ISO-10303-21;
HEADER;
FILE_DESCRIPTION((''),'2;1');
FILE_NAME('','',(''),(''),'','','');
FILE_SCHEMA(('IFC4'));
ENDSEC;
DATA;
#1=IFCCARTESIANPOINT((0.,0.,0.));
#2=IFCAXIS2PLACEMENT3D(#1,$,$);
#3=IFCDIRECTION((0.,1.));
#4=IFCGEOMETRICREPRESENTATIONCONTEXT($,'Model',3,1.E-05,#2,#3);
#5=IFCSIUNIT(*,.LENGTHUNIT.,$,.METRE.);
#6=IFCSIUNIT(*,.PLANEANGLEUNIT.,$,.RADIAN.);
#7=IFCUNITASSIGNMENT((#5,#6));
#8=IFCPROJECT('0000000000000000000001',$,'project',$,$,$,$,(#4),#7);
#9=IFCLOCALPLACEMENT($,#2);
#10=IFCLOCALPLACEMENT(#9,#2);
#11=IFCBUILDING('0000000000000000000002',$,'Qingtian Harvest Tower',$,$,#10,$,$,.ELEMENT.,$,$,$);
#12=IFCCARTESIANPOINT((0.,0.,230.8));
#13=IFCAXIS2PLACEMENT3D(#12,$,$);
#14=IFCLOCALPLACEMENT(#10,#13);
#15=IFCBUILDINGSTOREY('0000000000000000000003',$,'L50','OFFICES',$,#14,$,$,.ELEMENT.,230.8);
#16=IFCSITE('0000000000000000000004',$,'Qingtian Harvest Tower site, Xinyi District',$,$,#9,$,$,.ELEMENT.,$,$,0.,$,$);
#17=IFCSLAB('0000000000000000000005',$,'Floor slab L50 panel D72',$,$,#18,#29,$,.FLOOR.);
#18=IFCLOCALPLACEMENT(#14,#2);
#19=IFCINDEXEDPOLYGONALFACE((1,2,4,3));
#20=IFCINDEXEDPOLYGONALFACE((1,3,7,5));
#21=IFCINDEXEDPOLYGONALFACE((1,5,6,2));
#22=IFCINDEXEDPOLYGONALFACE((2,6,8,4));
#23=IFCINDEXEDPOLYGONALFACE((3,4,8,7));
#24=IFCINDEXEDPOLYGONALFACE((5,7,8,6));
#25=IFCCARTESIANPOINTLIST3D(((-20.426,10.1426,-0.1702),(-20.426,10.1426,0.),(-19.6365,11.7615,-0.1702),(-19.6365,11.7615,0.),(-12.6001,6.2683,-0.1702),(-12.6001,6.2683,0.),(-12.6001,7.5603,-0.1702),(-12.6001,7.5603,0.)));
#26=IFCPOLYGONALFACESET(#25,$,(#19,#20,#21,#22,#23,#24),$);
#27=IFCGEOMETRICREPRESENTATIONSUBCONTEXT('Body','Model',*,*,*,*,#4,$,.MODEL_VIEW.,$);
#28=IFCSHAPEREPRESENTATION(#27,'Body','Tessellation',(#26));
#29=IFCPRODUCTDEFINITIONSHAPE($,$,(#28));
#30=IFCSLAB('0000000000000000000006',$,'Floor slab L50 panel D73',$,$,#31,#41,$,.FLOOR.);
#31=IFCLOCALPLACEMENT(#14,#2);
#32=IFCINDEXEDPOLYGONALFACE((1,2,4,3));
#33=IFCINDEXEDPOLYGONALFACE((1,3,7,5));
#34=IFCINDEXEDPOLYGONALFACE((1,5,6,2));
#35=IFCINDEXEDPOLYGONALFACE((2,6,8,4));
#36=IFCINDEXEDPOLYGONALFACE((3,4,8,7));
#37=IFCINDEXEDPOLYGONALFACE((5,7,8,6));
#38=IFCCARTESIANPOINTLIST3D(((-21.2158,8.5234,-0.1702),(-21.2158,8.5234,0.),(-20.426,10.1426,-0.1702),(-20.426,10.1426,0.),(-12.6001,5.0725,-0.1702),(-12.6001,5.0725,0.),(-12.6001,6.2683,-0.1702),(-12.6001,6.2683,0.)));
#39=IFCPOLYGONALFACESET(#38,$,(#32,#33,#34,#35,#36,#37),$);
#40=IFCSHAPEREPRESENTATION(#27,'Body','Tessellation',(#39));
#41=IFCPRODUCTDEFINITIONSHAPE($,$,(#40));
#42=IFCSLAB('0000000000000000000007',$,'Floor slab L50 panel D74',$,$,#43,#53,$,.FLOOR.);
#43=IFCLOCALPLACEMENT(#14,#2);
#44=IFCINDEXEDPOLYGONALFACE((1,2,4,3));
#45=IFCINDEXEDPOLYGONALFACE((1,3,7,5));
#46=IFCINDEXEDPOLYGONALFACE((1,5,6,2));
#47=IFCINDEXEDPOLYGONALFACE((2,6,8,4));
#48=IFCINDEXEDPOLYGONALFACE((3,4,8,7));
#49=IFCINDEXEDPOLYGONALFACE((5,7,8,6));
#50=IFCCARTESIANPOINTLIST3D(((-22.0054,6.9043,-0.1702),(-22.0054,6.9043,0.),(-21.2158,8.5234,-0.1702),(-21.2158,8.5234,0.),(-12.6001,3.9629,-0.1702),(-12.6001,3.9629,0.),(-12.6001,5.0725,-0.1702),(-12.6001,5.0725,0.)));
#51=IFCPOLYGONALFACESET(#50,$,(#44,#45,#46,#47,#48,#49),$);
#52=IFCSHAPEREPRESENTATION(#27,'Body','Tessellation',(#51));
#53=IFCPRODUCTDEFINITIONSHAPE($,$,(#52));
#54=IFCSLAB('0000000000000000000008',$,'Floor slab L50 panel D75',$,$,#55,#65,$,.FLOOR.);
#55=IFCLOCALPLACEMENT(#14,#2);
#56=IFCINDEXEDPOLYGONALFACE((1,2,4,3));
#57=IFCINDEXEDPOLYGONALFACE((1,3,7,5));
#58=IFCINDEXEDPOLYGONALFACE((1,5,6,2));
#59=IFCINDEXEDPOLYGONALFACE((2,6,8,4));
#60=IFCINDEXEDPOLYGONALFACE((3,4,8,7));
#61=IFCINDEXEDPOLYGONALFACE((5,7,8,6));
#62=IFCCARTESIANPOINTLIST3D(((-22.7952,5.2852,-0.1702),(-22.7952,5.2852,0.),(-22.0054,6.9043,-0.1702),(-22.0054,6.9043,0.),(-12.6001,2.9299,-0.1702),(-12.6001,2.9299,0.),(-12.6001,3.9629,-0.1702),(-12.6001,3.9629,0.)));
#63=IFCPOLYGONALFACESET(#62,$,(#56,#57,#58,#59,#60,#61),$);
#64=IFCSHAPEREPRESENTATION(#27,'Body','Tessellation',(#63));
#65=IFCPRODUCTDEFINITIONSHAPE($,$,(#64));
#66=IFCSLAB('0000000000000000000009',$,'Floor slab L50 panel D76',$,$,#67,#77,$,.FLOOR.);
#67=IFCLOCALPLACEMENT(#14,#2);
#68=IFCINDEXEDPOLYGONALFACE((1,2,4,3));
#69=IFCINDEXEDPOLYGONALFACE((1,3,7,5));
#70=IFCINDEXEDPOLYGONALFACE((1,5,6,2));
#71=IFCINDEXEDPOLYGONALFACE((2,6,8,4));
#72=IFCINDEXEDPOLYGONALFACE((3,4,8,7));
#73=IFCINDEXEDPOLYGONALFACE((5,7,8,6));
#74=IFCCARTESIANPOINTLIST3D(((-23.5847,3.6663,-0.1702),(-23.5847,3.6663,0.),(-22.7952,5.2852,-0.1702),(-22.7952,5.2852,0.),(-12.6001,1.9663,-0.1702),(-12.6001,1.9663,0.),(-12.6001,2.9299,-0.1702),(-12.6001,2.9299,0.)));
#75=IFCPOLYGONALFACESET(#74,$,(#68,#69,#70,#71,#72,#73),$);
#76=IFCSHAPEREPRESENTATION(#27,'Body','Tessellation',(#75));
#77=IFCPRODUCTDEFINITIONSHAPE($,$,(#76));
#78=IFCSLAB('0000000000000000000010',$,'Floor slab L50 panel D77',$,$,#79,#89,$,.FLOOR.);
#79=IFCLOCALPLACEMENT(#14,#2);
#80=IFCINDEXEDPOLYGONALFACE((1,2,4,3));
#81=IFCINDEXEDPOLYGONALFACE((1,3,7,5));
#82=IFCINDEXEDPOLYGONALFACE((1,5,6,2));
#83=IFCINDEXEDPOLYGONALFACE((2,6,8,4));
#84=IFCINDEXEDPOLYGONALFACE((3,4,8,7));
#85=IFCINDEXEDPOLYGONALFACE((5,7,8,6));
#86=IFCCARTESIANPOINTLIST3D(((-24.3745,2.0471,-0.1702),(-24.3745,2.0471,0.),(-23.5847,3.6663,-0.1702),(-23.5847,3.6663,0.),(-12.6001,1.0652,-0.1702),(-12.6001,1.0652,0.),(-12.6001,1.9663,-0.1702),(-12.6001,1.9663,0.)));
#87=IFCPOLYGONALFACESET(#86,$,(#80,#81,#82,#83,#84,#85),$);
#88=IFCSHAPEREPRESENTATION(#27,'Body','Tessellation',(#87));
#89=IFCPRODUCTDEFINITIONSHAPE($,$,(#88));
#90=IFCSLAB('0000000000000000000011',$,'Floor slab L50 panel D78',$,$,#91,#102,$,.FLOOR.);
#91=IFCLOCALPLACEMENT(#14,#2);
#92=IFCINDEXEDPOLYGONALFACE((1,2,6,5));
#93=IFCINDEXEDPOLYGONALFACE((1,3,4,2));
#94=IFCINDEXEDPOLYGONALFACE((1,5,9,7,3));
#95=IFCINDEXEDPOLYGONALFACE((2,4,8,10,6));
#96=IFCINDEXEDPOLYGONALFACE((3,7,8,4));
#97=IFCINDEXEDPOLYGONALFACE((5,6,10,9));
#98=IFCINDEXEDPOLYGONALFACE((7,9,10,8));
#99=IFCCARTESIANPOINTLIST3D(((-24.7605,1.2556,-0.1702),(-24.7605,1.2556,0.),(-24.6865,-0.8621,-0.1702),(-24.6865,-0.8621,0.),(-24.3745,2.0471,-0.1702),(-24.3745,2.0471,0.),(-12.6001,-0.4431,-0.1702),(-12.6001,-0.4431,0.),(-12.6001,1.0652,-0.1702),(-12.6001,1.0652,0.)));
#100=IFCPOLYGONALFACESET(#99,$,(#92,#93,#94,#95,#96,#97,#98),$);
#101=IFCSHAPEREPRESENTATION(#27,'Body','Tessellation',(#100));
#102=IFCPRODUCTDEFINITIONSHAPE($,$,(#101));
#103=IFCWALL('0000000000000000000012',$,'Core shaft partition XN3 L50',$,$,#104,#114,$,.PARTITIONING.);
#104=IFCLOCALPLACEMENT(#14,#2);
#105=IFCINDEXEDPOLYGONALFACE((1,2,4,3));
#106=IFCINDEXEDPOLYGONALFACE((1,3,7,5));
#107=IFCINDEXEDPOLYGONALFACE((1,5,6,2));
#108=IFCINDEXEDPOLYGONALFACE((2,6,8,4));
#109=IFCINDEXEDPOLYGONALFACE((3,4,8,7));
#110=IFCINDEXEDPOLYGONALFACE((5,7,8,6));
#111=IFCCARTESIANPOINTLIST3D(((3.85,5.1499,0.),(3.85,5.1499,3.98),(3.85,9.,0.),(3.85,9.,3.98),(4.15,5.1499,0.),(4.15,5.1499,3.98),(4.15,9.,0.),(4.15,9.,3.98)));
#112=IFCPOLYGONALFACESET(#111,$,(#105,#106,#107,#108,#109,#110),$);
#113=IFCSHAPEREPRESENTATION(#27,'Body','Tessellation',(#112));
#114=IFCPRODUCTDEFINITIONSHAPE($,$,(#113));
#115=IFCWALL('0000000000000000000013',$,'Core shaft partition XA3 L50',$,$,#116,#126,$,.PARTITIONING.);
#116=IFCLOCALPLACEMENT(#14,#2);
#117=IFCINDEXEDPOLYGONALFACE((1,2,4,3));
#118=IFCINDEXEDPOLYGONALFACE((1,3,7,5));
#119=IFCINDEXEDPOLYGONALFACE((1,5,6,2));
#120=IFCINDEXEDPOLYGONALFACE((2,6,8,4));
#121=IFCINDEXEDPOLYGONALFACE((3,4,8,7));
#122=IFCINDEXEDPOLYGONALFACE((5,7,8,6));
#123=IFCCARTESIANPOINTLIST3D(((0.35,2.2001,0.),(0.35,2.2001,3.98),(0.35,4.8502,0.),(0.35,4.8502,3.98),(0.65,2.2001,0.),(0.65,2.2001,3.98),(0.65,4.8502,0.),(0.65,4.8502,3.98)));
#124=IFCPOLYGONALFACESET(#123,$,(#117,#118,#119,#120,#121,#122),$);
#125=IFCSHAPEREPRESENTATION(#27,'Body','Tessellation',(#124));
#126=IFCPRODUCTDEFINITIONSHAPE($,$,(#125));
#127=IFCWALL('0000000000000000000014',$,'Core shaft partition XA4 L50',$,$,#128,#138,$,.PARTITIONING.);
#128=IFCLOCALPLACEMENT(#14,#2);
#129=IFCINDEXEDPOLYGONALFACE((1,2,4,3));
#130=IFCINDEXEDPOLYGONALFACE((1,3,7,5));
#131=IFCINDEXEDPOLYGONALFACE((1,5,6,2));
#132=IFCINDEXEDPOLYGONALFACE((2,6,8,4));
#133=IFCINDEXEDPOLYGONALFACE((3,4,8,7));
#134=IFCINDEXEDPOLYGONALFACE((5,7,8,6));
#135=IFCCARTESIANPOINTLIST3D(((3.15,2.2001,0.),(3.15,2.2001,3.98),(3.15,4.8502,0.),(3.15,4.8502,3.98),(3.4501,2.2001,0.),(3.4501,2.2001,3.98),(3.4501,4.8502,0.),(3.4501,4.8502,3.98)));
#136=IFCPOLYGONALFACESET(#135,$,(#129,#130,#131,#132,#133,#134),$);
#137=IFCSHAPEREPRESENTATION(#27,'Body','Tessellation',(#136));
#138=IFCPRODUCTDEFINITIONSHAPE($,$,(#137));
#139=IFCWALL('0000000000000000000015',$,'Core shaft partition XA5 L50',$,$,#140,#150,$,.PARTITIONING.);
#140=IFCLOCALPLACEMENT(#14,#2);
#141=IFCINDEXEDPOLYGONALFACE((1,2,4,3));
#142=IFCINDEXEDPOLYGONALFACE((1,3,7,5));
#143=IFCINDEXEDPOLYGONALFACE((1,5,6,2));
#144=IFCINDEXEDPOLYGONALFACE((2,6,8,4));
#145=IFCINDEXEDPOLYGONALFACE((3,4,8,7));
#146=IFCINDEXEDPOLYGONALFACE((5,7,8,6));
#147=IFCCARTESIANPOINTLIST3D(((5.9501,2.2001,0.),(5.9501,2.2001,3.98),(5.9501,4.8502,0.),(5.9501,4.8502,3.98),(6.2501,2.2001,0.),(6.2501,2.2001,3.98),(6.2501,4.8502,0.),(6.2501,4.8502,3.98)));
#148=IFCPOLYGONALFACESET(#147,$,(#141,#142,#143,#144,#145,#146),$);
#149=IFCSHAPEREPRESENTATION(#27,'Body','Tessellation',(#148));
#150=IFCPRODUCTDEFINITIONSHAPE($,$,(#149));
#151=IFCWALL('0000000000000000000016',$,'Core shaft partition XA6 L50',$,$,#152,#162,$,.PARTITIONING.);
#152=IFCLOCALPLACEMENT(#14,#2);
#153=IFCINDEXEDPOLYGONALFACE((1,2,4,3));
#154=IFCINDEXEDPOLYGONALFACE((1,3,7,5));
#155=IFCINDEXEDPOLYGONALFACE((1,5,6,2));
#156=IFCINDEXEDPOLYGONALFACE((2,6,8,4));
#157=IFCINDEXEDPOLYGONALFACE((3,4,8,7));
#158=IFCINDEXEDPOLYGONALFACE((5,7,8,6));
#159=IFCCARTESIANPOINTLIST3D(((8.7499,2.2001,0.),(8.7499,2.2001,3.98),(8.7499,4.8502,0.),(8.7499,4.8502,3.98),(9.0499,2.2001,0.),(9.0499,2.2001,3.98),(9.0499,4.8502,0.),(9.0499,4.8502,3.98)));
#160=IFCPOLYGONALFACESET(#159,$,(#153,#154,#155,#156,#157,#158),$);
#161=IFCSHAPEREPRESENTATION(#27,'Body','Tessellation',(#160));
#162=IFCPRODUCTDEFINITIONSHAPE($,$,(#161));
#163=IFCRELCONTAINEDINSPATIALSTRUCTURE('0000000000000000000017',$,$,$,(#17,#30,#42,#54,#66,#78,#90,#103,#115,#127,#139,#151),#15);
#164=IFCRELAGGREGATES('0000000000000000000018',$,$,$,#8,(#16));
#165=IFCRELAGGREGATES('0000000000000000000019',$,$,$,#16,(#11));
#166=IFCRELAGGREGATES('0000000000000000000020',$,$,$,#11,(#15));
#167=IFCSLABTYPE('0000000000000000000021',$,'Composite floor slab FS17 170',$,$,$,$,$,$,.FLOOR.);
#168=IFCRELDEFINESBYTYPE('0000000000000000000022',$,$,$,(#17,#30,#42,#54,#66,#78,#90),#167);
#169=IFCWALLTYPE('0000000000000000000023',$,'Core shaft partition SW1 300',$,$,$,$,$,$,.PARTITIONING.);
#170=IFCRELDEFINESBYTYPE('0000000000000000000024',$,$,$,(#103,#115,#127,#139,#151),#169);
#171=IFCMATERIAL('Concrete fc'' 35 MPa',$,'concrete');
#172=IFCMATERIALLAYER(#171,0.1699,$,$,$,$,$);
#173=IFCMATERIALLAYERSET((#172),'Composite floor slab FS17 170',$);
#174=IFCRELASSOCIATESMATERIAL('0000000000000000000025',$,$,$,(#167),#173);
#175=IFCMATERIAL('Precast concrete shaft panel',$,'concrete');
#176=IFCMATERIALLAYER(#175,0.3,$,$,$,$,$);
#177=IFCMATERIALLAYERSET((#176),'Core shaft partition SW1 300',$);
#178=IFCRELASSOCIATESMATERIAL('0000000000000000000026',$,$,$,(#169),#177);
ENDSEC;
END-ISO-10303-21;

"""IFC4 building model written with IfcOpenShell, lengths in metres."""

from ifc_helpers import new_model, si_unit, direction, frame, frame_2d, origin, place, context, subcontext, project, spatial, polyline, rectangle, outline, extrude, material, layer, layer_set, type_object, element, save


model = new_model("IFC4")

# Units and contexts
model_context = context("Model", 3, precision=1e-05, world=origin(), true_north=direction((0.0, 1.0)))
body_context = subcontext(model_context, "Body", "Model", "MODEL_VIEW")
ifc_project = project(units=[si_unit("LENGTHUNIT", "METRE"), si_unit("PLANEANGLEUNIT", "RADIAN")], contexts=[model_context])

# Site, building, storey
site_placement = place(None, origin())
site = spatial("IfcSite", under=ifc_project, at=site_placement, Name="Qingtian Harvest Tower site, Xinyi District", CompositionType="ELEMENT", RefElevation=0.0)
building_placement = place(site_placement, origin())
building = spatial("IfcBuilding", under=site, at=building_placement, Name="Qingtian Harvest Tower", CompositionType="ELEMENT")
storey_placement = place(building_placement, frame((0.0, 0.0, 230.8)))
storey = spatial("IfcBuildingStorey", under=building, at=storey_placement, Name="L50", Description="OFFICES", CompositionType="ELEMENT", Elevation=230.8)

# Slabs
ifc_material_1 = material(Name="Concrete fc' 35 MPa", Category="concrete")
ifc_layer_1 = layer(ifc_material_1, 0.1699)
ifc_layer_set_1 = layer_set([ifc_layer_1], Name="Composite floor slab FS17 170")
slab_type = type_object("IfcSlabType", Name="Composite floor slab FS17 170", PredefinedType="FLOOR", material=ifc_layer_set_1)
slab_1_placement = place(storey_placement, frame((0.0, 0.0, -0.1702)))
element("IfcSlab", 1, at=slab_1_placement, inside=storey, type_object=slab_type, Name="Floor slab L50 panel D72", PredefinedType="FLOOR", context=body_context, shape_type="SweptSolid", body=[
    extrude(outline(polyline([(-12.6001, 6.2683), (-20.426, 10.1426), (-19.6365, 11.7615), (-12.6001, 7.5603), (-12.6001, 6.2683)])), origin(), (0.0, 0.0, 1.0), 0.1702),
])
slab_2_placement = place(storey_placement, frame((0.0, 0.0, -0.1702)))
element("IfcSlab", 2, at=slab_2_placement, inside=storey, type_object=slab_type, Name="Floor slab L50 panel D73", PredefinedType="FLOOR", context=body_context, shape_type="SweptSolid", body=[
    extrude(outline(polyline([(-12.6001, 5.0725), (-21.2158, 8.5234), (-20.426, 10.1426), (-12.6001, 6.2683), (-12.6001, 5.0725)])), origin(), (0.0, 0.0, 1.0), 0.1702),
])
slab_3_placement = place(storey_placement, frame((0.0, 0.0, -0.1702)))
element("IfcSlab", 3, at=slab_3_placement, inside=storey, type_object=slab_type, Name="Floor slab L50 panel D74", PredefinedType="FLOOR", context=body_context, shape_type="SweptSolid", body=[
    extrude(outline(polyline([(-12.6001, 3.9629), (-22.0054, 6.9043), (-21.2158, 8.5234), (-12.6001, 5.0725), (-12.6001, 3.9629)])), origin(), (0.0, 0.0, 1.0), 0.1702),
])
slab_4_placement = place(storey_placement, frame((0.0, 0.0, -0.1702)))
element("IfcSlab", 4, at=slab_4_placement, inside=storey, type_object=slab_type, Name="Floor slab L50 panel D75", PredefinedType="FLOOR", context=body_context, shape_type="SweptSolid", body=[
    extrude(outline(polyline([(-12.6001, 2.9299), (-22.7952, 5.2852), (-22.0054, 6.9043), (-12.6001, 3.9629), (-12.6001, 2.9299)])), origin(), (0.0, 0.0, 1.0), 0.1702),
])
slab_5_placement = place(storey_placement, frame((0.0, 0.0, -0.1702)))
element("IfcSlab", 5, at=slab_5_placement, inside=storey, type_object=slab_type, Name="Floor slab L50 panel D76", PredefinedType="FLOOR", context=body_context, shape_type="SweptSolid", body=[
    extrude(outline(polyline([(-12.6001, 1.9663), (-23.5847, 3.6663), (-22.7952, 5.2852), (-12.6001, 2.9299), (-12.6001, 1.9663)])), origin(), (0.0, 0.0, 1.0), 0.1702),
])
slab_6_placement = place(storey_placement, frame((0.0, 0.0, -0.1702)))
element("IfcSlab", 6, at=slab_6_placement, inside=storey, type_object=slab_type, Name="Floor slab L50 panel D77", PredefinedType="FLOOR", context=body_context, shape_type="SweptSolid", body=[
    extrude(outline(polyline([(-12.6001, 1.0652), (-24.3745, 2.0471), (-23.5847, 3.6663), (-12.6001, 1.9663), (-12.6001, 1.0652)])), origin(), (0.0, 0.0, 1.0), 0.1702),
])
slab_7_placement = place(storey_placement, frame((0.0, 0.0, -0.1702)))
element("IfcSlab", 7, at=slab_7_placement, inside=storey, type_object=slab_type, Name="Floor slab L50 panel D78", PredefinedType="FLOOR", context=body_context, shape_type="SweptSolid", body=[
    extrude(outline(polyline([(-12.6001, 1.0652), (-12.6001, -0.4431), (-24.6865, -0.8621), (-24.7605, 1.2556), (-24.3745, 2.0471), (-12.6001, 1.0652)])), origin(), (0.0, 0.0, 1.0), 0.1702),
])

# Shared definitions
ifc_material_2 = material(Name="Precast concrete shaft panel", Category="concrete")
ifc_layer_2 = layer(ifc_material_2, 0.3)
ifc_layer_set_2 = layer_set([ifc_layer_2], Name="Core shaft partition SW1 300")
wall_type_1 = type_object("IfcWallType", Name="Core shaft partition SW1 300", PredefinedType="PARTITIONING", material=ifc_layer_set_2)

# Walls
wall_1_placement = place(storey_placement, frame((4.0, 5.1499, 0.0), z_axis=(0.0, 0.0, 1.0), x_axis=(0.0, 1.0, 0.0)))
element("IfcWall", 8, at=wall_1_placement, inside=storey, type_object=wall_type_1, Name="Core shaft partition XN3 L50", PredefinedType="PARTITIONING", context=body_context, shape_type="SweptSolid", body=[
    extrude(rectangle(XDim=3.8501, YDim=0.3, at=frame_2d((1.925, 0.0))), origin(), (0.0, 0.0, 1.0), 3.98),
])
for number, where, z_axis, x_axis, name in (
    (9, (0.5, 2.2, 0.0), (0.0, 0.0, 1.0), (0.0, 1.0, 0.0), "Core shaft partition XA3 L50"),
    (10, (3.3, 2.2, 0.0), (0.0, 0.0, 1.0), (0.0, 1.0, 0.0), "Core shaft partition XA4 L50"),
    (11, (6.1001, 2.2, 0.0), (0.0, 0.0, 1.0), (0.0, 1.0, 0.0), "Core shaft partition XA5 L50"),
    (12, (8.8999, 2.2, 0.0), (0.0, 0.0, 1.0), (0.0, 1.0, 0.0), "Core shaft partition XA6 L50"),
):
    element("IfcWall", number, at=place(storey_placement, frame(where, z_axis=z_axis, x_axis=x_axis)), inside=storey, type_object=wall_type_1, Name=name, PredefinedType="PARTITIONING", context=body_context, shape_type="SweptSolid", body=[
        extrude(rectangle(XDim=2.6501, YDim=0.3, at=frame_2d((1.3252, 0.0))), origin(), (0.0, 0.0, 1.0), 3.98),
    ])

save(model, "model.ifc")
